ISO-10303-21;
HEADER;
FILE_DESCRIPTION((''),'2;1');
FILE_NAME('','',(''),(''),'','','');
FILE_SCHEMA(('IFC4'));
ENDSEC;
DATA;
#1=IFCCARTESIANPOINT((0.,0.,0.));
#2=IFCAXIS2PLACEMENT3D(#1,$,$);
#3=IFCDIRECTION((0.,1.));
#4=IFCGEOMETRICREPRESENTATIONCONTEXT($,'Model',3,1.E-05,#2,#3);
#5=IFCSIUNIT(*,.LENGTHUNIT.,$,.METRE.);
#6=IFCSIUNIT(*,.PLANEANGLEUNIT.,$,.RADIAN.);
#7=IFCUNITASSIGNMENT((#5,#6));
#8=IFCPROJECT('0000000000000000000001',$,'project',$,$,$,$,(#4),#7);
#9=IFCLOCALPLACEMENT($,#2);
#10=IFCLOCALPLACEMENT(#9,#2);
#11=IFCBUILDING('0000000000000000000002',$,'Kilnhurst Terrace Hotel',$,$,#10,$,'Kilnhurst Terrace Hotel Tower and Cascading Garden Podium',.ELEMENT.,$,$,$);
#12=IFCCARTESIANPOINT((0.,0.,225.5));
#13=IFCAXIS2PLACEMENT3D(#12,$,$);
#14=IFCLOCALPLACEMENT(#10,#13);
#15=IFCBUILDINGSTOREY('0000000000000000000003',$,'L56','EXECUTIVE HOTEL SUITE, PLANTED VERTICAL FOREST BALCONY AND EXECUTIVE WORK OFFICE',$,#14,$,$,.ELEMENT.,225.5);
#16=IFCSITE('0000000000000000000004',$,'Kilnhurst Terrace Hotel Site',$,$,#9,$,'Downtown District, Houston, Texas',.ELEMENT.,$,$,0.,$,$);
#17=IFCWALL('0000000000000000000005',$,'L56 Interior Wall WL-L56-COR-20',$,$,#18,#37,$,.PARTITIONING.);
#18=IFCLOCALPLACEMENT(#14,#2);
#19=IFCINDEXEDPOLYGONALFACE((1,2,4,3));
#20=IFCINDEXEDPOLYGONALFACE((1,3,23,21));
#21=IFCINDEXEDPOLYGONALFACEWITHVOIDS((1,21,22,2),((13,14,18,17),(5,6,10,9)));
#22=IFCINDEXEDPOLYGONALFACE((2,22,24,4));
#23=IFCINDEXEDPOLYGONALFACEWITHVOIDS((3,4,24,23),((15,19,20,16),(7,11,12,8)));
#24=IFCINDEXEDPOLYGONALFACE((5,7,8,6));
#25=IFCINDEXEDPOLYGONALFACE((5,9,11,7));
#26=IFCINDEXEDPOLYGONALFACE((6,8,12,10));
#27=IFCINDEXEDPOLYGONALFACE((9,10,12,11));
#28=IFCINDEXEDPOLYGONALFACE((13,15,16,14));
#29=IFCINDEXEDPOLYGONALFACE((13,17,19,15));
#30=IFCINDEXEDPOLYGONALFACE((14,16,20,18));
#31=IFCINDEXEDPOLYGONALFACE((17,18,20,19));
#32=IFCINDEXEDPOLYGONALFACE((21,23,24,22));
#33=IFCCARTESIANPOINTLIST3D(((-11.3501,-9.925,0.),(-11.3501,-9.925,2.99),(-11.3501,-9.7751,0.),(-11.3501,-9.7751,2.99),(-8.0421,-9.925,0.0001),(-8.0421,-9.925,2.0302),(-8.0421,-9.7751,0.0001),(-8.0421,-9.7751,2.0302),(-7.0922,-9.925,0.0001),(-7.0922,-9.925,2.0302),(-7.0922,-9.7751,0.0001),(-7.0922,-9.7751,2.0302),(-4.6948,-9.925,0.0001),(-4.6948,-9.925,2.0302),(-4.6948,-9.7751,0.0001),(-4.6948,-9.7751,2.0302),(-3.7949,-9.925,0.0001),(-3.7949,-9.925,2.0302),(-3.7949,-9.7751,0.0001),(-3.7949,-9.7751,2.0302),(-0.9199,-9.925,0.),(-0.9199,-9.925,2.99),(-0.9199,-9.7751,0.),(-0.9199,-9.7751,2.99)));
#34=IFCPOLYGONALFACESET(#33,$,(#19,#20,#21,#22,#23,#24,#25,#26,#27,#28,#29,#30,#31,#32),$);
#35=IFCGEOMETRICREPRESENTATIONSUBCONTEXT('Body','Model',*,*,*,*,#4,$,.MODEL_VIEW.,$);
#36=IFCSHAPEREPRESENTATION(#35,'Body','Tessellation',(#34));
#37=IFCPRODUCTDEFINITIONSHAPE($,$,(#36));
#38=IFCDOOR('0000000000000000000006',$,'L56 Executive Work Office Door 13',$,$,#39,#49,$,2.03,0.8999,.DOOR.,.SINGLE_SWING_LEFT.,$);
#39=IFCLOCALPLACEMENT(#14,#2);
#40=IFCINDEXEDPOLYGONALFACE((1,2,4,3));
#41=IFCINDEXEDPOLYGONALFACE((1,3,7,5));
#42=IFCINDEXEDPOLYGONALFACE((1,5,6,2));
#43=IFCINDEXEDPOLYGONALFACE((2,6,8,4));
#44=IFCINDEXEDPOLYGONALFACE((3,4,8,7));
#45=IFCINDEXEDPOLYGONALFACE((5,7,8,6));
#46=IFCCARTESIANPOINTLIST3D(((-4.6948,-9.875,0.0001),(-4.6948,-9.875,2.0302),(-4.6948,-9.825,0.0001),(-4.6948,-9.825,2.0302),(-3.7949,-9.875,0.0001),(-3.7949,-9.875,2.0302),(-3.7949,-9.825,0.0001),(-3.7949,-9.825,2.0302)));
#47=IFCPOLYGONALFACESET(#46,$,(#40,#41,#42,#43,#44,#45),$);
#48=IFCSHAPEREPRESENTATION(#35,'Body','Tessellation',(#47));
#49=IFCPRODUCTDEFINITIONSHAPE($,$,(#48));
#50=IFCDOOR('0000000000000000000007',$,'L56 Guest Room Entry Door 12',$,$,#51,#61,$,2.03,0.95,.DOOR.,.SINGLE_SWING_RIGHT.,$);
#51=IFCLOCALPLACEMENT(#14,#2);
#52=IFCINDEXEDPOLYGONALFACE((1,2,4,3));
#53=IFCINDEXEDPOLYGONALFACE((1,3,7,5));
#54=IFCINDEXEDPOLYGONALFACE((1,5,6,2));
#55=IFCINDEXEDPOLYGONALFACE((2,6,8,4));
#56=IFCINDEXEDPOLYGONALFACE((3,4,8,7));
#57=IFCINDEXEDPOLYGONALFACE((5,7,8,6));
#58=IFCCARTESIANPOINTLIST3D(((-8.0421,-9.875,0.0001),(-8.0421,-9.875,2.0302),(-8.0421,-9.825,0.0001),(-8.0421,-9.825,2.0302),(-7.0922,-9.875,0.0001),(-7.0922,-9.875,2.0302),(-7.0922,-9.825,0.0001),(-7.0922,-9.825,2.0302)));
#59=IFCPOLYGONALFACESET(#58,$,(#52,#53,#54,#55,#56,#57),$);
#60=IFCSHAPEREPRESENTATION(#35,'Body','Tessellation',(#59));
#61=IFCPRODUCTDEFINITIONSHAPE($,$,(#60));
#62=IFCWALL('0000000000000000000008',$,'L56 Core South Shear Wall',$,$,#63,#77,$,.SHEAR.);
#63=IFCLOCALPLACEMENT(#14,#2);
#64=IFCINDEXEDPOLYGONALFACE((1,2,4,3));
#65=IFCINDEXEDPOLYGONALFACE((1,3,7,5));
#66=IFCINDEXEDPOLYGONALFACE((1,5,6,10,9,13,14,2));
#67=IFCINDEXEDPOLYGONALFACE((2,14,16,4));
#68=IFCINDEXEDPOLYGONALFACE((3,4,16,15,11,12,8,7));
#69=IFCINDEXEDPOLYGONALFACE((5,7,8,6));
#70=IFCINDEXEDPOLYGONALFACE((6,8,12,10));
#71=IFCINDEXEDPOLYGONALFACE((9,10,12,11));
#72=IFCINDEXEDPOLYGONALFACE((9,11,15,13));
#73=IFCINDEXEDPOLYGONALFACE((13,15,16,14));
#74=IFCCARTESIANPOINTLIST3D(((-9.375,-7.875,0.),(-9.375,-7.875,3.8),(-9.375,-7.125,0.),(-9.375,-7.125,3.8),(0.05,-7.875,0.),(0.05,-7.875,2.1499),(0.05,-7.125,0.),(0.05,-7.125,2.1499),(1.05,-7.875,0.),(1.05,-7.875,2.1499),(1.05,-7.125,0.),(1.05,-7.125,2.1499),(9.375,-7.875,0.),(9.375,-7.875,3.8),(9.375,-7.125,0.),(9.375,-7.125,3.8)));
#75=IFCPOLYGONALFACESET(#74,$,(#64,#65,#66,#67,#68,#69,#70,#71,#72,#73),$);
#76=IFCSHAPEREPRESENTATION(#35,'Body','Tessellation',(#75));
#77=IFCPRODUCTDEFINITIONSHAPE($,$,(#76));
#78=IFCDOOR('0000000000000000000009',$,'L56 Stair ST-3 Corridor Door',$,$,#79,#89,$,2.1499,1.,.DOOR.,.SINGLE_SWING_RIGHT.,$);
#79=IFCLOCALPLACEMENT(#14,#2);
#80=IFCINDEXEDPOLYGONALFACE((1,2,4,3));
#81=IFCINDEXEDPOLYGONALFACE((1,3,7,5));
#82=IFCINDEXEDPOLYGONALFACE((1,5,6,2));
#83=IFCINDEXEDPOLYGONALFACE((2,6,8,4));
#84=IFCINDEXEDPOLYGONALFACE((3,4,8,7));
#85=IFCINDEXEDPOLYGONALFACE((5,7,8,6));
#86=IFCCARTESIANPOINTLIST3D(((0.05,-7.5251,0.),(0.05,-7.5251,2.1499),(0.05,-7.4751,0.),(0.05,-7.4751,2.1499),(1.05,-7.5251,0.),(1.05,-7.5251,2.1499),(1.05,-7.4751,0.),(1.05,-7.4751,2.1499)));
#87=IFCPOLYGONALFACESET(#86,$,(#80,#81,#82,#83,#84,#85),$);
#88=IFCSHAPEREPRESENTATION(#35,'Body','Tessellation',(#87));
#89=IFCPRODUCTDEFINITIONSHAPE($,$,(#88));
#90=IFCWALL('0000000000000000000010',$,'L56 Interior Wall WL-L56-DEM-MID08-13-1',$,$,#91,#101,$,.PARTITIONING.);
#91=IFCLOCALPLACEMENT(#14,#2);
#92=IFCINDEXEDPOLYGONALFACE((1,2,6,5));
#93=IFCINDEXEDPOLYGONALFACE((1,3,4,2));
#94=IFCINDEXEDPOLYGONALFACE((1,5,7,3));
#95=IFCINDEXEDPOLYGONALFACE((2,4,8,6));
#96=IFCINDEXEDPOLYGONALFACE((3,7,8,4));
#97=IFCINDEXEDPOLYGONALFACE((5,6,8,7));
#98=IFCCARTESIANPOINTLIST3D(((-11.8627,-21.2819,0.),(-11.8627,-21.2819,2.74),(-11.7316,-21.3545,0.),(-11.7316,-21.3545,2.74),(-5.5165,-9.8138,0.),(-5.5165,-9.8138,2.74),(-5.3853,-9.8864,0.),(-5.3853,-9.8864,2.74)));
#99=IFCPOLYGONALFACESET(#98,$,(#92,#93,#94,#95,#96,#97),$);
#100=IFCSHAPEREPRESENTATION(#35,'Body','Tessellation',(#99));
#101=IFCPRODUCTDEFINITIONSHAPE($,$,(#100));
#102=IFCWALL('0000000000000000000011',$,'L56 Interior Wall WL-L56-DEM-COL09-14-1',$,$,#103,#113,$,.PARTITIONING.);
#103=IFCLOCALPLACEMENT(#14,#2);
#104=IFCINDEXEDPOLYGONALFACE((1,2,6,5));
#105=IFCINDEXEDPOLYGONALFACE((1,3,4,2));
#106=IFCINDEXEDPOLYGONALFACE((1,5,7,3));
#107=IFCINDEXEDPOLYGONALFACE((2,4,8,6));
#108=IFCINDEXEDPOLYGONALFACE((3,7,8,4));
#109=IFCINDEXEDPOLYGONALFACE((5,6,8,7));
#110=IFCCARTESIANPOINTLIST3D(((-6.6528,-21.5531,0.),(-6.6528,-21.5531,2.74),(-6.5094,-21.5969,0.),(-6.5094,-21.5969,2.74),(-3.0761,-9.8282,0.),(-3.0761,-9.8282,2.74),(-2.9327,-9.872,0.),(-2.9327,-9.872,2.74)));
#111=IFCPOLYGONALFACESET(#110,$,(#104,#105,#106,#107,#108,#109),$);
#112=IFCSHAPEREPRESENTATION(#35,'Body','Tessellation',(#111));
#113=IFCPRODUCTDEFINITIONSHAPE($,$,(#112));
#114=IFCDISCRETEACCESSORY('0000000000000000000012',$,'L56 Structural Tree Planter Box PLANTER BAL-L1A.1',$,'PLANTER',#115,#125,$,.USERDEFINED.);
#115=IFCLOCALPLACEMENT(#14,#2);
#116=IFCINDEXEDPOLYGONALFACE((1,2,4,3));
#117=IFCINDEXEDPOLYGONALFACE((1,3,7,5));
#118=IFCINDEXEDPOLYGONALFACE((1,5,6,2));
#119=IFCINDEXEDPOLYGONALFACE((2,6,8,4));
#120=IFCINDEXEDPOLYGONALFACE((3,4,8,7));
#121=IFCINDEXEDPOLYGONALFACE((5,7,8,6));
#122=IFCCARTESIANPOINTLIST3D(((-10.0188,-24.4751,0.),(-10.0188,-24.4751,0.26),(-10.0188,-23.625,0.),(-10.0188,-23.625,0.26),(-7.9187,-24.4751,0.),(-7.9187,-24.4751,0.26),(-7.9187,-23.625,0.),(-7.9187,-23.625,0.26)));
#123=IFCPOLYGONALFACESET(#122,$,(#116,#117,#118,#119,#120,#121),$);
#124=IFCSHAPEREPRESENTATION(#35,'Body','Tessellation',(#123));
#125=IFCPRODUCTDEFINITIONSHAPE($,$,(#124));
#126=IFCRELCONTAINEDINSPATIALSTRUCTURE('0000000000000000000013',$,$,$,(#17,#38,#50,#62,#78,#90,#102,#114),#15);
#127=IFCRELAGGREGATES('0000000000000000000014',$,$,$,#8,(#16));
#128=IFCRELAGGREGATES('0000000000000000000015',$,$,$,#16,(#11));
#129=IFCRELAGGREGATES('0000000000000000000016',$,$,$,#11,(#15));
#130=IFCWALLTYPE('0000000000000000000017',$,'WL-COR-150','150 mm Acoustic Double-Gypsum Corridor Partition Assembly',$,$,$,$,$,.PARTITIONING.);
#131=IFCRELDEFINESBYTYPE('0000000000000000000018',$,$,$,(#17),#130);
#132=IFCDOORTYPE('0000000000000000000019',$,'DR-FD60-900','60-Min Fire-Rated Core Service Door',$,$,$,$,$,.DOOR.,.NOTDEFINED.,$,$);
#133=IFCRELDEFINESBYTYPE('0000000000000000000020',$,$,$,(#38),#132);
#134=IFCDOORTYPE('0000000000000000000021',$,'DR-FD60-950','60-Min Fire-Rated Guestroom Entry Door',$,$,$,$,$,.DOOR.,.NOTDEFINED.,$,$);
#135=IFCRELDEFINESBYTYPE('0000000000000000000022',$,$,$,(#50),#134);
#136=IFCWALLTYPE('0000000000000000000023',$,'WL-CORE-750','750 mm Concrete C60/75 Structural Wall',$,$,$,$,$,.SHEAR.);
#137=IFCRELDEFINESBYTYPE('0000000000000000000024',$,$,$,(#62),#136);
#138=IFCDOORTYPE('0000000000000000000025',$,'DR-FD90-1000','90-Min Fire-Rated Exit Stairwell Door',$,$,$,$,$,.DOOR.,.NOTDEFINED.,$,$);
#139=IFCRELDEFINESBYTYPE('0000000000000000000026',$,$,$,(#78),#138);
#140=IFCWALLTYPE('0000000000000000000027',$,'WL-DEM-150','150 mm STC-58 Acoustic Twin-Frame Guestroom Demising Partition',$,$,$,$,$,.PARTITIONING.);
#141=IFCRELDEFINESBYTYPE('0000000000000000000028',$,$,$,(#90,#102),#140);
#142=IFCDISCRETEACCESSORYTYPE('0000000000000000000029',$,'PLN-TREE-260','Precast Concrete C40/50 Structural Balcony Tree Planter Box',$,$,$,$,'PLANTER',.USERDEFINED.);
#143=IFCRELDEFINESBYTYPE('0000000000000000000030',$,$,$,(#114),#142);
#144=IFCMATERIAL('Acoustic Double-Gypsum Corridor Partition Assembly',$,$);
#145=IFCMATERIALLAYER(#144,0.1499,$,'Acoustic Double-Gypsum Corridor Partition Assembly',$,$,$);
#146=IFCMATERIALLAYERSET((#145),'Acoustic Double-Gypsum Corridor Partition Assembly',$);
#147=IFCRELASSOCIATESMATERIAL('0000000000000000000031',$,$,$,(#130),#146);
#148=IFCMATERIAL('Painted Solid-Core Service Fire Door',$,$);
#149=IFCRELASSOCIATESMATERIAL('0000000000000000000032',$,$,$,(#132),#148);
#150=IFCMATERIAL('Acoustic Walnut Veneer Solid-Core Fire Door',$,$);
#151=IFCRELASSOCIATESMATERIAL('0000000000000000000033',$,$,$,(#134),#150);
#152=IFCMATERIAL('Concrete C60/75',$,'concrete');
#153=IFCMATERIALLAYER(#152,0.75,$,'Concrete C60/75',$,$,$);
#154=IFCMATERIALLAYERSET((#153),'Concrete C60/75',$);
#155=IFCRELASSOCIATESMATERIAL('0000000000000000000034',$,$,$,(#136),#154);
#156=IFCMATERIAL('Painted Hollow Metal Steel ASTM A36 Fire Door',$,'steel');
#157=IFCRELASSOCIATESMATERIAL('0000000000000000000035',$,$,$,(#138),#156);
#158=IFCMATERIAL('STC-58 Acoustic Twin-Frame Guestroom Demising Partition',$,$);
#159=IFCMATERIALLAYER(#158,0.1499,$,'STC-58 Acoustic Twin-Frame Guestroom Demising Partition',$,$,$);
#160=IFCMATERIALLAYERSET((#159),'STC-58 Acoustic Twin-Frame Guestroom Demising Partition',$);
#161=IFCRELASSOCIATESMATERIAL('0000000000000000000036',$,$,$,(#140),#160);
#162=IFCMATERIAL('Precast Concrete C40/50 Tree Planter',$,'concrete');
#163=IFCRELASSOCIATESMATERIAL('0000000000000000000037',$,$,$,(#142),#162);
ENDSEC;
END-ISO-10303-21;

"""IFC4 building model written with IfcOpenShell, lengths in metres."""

from ifc_helpers import new_model, si_unit, direction, frame, frame_2d, origin, origin_2d, place, context, subcontext, project, spatial, rectangle, extrude, material, layer, layer_set, type_object, element, fill, save


model = new_model("IFC4")

# Units and contexts
model_context = context("Model", 3, precision=1e-05, world=origin(), true_north=direction((0.0, 1.0)))
body_context = subcontext(model_context, "Body", "Model", "MODEL_VIEW")
ifc_project = project(units=[si_unit("LENGTHUNIT", "METRE"), si_unit("PLANEANGLEUNIT", "RADIAN")], contexts=[model_context])

# Site, building, storey
site_placement = place(None, origin())
site = spatial("IfcSite", under=ifc_project, at=site_placement, Name="Kilnhurst Terrace Hotel Site", LongName="Downtown District, Houston, Texas", CompositionType="ELEMENT", RefElevation=0.0)
building_placement = place(site_placement, origin())
building = spatial("IfcBuilding", under=site, at=building_placement, Name="Kilnhurst Terrace Hotel", LongName="Kilnhurst Terrace Hotel Tower and Cascading Garden Podium", CompositionType="ELEMENT")
storey_placement = place(building_placement, frame((0.0, 0.0, 225.5)))
storey = spatial("IfcBuildingStorey", under=building, at=storey_placement, Name="L56", Description="EXECUTIVE HOTEL SUITE, PLANTED VERTICAL FOREST BALCONY AND EXECUTIVE WORK OFFICE", CompositionType="ELEMENT", Elevation=225.5)

# Shared definitions
ifc_material_1 = material(Name="Concrete C60/75", Category="concrete")

# Shared definitions
ifc_material_2 = material(Name="Acoustic Double-Gypsum Corridor Partition Assembly")
ifc_layer_1 = layer(ifc_material_2, 0.1499, Name="Acoustic Double-Gypsum Corridor Partition Assembly")
ifc_layer_set_1 = layer_set([ifc_layer_1], Name="Acoustic Double-Gypsum Corridor Partition Assembly")
wall_type_1 = type_object("IfcWallType", Name="WL-COR-150", Description="150 mm Acoustic Double-Gypsum Corridor Partition Assembly", PredefinedType="PARTITIONING", material=ifc_layer_set_1)

# Wall, openings, doors
wall_1_placement = place(storey_placement, frame((-0.9199, -9.8501, 0.0), z_axis=(0.0, 0.0, 1.0), x_axis=(-1.0, 0.0, 0.0)))
wall_1 = element("IfcWall", 1, at=wall_1_placement, inside=storey, type_object=wall_type_1, Name="L56 Interior Wall WL-L56-COR-20", PredefinedType="PARTITIONING", context=body_context, shape_type="SweptSolid", body=[
    extrude(rectangle(XDim=10.4302, YDim=0.1499, at=frame_2d((5.2151, 0.0))), origin(), (0.0, 0.0, 1.0), 2.99),
])
opening_1_placement = place(wall_1_placement, frame((6.1721, 0.0, 0.0)))
opening_1 = element("IfcOpeningElement", 2, at=opening_1_placement, cuts=wall_1, PredefinedType="OPENING", context=body_context, shape_type="SweptSolid", body=[
    extrude(rectangle(XDim=0.95, YDim=2.03, at=frame_2d((0.4751, 1.0151))), frame((0.0, 0.085, 0.0), z_axis=(0.0, -1.0, 0.0), x_axis=(1.0, 0.0, 0.0)), (0.0, 0.0, 1.0), 0.1699),
])
opening_2_placement = place(wall_1_placement, frame((2.875, 0.0, 0.0)))
opening_2 = element("IfcOpeningElement", 3, at=opening_2_placement, cuts=wall_1, PredefinedType="OPENING", context=body_context, shape_type="SweptSolid", body=[
    extrude(rectangle(XDim=0.8999, YDim=2.03, at=frame_2d((0.45, 1.0151))), frame((0.0, 0.085, 0.0), z_axis=(0.0, -1.0, 0.0), x_axis=(1.0, 0.0, 0.0)), (0.0, 0.0, 1.0), 0.1699),
])
ifc_material_3 = material(Name="Painted Solid-Core Service Fire Door")
door_type_1 = type_object("IfcDoorType", Name="DR-FD60-900", Description="60-Min Fire-Rated Core Service Door", OperationType="NOTDEFINED", PredefinedType="DOOR", material=ifc_material_3)
door_1_placement = place(opening_2_placement, origin())
door_1 = element("IfcDoor", 4, at=door_1_placement, inside=storey, type_object=door_type_1, Name="L56 Executive Work Office Door 13", OperationType="SINGLE_SWING_LEFT", OverallHeight=2.03, OverallWidth=0.8999, PredefinedType="DOOR", context=body_context, shape_type="SweptSolid", body=[
    extrude(rectangle(XDim=0.8999, YDim=2.03, at=frame_2d((0.45, 1.0151))), frame((0.0, 0.0249, 0.0), z_axis=(0.0, -1.0, 0.0), x_axis=(1.0, 0.0, 0.0)), (0.0, 0.0, 1.0), 0.05),
])
fill(opening_2, door_1)
ifc_material_4 = material(Name="Acoustic Walnut Veneer Solid-Core Fire Door")
door_type_2 = type_object("IfcDoorType", Name="DR-FD60-950", Description="60-Min Fire-Rated Guestroom Entry Door", OperationType="NOTDEFINED", PredefinedType="DOOR", material=ifc_material_4)
door_2_placement = place(opening_1_placement, origin())
door_2 = element("IfcDoor", 5, at=door_2_placement, inside=storey, type_object=door_type_2, Name="L56 Guest Room Entry Door 12", OperationType="SINGLE_SWING_RIGHT", OverallHeight=2.03, OverallWidth=0.95, PredefinedType="DOOR", context=body_context, shape_type="SweptSolid", body=[
    extrude(rectangle(XDim=0.95, YDim=2.03, at=frame_2d((0.4751, 1.0151))), frame((0.0, 0.0249, 0.0), z_axis=(0.0, -1.0, 0.0), x_axis=(1.0, 0.0, 0.0)), (0.0, 0.0, 1.0), 0.05),
])
fill(opening_1, door_2)

# Wall, opening, door
ifc_layer_2 = layer(ifc_material_1, 0.75, Name="Concrete C60/75")
ifc_layer_set_2 = layer_set([ifc_layer_2], Name="Concrete C60/75")
wall_type_2 = type_object("IfcWallType", Name="WL-CORE-750", Description="750 mm Concrete C60/75 Structural Wall", PredefinedType="SHEAR", material=ifc_layer_set_2)
wall_2_placement = place(storey_placement, frame((-9.375, -7.5, 0.0), z_axis=(0.0, 0.0, 1.0), x_axis=(1.0, 0.0, 0.0)))
wall_2 = element("IfcWall", 6, at=wall_2_placement, inside=storey, type_object=wall_type_2, Name="L56 Core South Shear Wall", PredefinedType="SHEAR", context=body_context, shape_type="SweptSolid", body=[
    extrude(rectangle(XDim=18.75, YDim=0.75, at=frame_2d((9.375, 0.0))), origin(), (0.0, 0.0, 1.0), 3.8),
])
opening_3_placement = place(wall_2_placement, frame((9.425, 0.0, 0.0)))
opening_3 = element("IfcOpeningElement", 7, at=opening_3_placement, cuts=wall_2, PredefinedType="OPENING", context=body_context, shape_type="SweptSolid", body=[
    extrude(rectangle(XDim=1.0, YDim=2.1499, at=frame_2d((0.5, 1.075))), frame((0.0, 0.385, 0.0), z_axis=(0.0, -1.0, 0.0), x_axis=(1.0, 0.0, 0.0)), (0.0, 0.0, 1.0), 0.77),
])
ifc_material_5 = material(Name="Painted Hollow Metal Steel ASTM A36 Fire Door", Category="steel")
door_type_3 = type_object("IfcDoorType", Name="DR-FD90-1000", Description="90-Min Fire-Rated Exit Stairwell Door", OperationType="NOTDEFINED", PredefinedType="DOOR", material=ifc_material_5)
door_3_placement = place(opening_3_placement, origin())
door_3 = element("IfcDoor", 8, at=door_3_placement, inside=storey, type_object=door_type_3, Name="L56 Stair ST-3 Corridor Door", OperationType="SINGLE_SWING_RIGHT", OverallHeight=2.1499, OverallWidth=1.0, PredefinedType="DOOR", context=body_context, shape_type="SweptSolid", body=[
    extrude(rectangle(XDim=1.0, YDim=2.1499, at=frame_2d((0.5, 1.075))), frame((0.0, 0.0249, 0.0), z_axis=(0.0, -1.0, 0.0), x_axis=(1.0, 0.0, 0.0)), (0.0, 0.0, 1.0), 0.05),
])
fill(opening_3, door_3)

# Walls
ifc_material_6 = material(Name="STC-58 Acoustic Twin-Frame Guestroom Demising Partition")
ifc_layer_3 = layer(ifc_material_6, 0.1499, Name="STC-58 Acoustic Twin-Frame Guestroom Demising Partition")
ifc_layer_set_3 = layer_set([ifc_layer_3], Name="STC-58 Acoustic Twin-Frame Guestroom Demising Partition")
wall_type_3 = type_object("IfcWallType", Name="WL-DEM-150", Description="150 mm STC-58 Acoustic Twin-Frame Guestroom Demising Partition", PredefinedType="PARTITIONING", material=ifc_layer_set_3)
wall_3_placement = place(storey_placement, frame((-5.4509, -9.8501, 0.0), z_axis=(0.0, 0.0, 1.0), x_axis=(-0.484189, -0.874964, 0.0)))
element("IfcWall", 9, at=wall_3_placement, inside=storey, type_object=wall_type_3, Name="L56 Interior Wall WL-L56-DEM-MID08-13-1", PredefinedType="PARTITIONING", context=body_context, shape_type="SweptSolid", body=[
    extrude(rectangle(XDim=13.1069, YDim=0.1499, at=frame_2d((6.5535, 0.0))), origin(), (0.0, 0.0, 1.0), 2.74),
])
wall_4_placement = place(storey_placement, frame((-3.0044, -9.8501, 0.0), z_axis=(0.0, 0.0, 1.0), x_axis=(-0.291776, -0.956487, 0.0)))
element("IfcWall", 10, at=wall_4_placement, inside=storey, type_object=wall_type_3, Name="L56 Interior Wall WL-L56-DEM-COL09-14-1", PredefinedType="PARTITIONING", context=body_context, shape_type="SweptSolid", body=[
    extrude(rectangle(XDim=12.2583, YDim=0.1499, at=frame_2d((6.1292, 0.0))), origin(), (0.0, 0.0, 1.0), 2.74),
])

# Discrete accessory
ifc_material_7 = material(Name="Precast Concrete C40/50 Tree Planter", Category="concrete")
discrete_accessory_type = type_object("IfcDiscreteAccessoryType", Name="PLN-TREE-260", Description="Precast Concrete C40/50 Structural Balcony Tree Planter Box", ElementType="PLANTER", PredefinedType="USERDEFINED", material=ifc_material_7)
discrete_accessory_placement = place(storey_placement, frame((-8.9688, -24.05, 0.0), z_axis=(0.0, 0.0, 1.0), x_axis=(1.0, 0.0, 0.0)))
element("IfcDiscreteAccessory", 11, at=discrete_accessory_placement, inside=storey, type_object=discrete_accessory_type, Name="L56 Structural Tree Planter Box PLANTER BAL-L1A.1", ObjectType="PLANTER", PredefinedType="USERDEFINED", context=body_context, shape_type="SweptSolid", body=[
    extrude(rectangle(XDim=2.1001, YDim=0.8501, at=origin_2d()), origin(), (0.0, 0.0, 1.0), 0.26),
])

save(model, "model.ifc")
